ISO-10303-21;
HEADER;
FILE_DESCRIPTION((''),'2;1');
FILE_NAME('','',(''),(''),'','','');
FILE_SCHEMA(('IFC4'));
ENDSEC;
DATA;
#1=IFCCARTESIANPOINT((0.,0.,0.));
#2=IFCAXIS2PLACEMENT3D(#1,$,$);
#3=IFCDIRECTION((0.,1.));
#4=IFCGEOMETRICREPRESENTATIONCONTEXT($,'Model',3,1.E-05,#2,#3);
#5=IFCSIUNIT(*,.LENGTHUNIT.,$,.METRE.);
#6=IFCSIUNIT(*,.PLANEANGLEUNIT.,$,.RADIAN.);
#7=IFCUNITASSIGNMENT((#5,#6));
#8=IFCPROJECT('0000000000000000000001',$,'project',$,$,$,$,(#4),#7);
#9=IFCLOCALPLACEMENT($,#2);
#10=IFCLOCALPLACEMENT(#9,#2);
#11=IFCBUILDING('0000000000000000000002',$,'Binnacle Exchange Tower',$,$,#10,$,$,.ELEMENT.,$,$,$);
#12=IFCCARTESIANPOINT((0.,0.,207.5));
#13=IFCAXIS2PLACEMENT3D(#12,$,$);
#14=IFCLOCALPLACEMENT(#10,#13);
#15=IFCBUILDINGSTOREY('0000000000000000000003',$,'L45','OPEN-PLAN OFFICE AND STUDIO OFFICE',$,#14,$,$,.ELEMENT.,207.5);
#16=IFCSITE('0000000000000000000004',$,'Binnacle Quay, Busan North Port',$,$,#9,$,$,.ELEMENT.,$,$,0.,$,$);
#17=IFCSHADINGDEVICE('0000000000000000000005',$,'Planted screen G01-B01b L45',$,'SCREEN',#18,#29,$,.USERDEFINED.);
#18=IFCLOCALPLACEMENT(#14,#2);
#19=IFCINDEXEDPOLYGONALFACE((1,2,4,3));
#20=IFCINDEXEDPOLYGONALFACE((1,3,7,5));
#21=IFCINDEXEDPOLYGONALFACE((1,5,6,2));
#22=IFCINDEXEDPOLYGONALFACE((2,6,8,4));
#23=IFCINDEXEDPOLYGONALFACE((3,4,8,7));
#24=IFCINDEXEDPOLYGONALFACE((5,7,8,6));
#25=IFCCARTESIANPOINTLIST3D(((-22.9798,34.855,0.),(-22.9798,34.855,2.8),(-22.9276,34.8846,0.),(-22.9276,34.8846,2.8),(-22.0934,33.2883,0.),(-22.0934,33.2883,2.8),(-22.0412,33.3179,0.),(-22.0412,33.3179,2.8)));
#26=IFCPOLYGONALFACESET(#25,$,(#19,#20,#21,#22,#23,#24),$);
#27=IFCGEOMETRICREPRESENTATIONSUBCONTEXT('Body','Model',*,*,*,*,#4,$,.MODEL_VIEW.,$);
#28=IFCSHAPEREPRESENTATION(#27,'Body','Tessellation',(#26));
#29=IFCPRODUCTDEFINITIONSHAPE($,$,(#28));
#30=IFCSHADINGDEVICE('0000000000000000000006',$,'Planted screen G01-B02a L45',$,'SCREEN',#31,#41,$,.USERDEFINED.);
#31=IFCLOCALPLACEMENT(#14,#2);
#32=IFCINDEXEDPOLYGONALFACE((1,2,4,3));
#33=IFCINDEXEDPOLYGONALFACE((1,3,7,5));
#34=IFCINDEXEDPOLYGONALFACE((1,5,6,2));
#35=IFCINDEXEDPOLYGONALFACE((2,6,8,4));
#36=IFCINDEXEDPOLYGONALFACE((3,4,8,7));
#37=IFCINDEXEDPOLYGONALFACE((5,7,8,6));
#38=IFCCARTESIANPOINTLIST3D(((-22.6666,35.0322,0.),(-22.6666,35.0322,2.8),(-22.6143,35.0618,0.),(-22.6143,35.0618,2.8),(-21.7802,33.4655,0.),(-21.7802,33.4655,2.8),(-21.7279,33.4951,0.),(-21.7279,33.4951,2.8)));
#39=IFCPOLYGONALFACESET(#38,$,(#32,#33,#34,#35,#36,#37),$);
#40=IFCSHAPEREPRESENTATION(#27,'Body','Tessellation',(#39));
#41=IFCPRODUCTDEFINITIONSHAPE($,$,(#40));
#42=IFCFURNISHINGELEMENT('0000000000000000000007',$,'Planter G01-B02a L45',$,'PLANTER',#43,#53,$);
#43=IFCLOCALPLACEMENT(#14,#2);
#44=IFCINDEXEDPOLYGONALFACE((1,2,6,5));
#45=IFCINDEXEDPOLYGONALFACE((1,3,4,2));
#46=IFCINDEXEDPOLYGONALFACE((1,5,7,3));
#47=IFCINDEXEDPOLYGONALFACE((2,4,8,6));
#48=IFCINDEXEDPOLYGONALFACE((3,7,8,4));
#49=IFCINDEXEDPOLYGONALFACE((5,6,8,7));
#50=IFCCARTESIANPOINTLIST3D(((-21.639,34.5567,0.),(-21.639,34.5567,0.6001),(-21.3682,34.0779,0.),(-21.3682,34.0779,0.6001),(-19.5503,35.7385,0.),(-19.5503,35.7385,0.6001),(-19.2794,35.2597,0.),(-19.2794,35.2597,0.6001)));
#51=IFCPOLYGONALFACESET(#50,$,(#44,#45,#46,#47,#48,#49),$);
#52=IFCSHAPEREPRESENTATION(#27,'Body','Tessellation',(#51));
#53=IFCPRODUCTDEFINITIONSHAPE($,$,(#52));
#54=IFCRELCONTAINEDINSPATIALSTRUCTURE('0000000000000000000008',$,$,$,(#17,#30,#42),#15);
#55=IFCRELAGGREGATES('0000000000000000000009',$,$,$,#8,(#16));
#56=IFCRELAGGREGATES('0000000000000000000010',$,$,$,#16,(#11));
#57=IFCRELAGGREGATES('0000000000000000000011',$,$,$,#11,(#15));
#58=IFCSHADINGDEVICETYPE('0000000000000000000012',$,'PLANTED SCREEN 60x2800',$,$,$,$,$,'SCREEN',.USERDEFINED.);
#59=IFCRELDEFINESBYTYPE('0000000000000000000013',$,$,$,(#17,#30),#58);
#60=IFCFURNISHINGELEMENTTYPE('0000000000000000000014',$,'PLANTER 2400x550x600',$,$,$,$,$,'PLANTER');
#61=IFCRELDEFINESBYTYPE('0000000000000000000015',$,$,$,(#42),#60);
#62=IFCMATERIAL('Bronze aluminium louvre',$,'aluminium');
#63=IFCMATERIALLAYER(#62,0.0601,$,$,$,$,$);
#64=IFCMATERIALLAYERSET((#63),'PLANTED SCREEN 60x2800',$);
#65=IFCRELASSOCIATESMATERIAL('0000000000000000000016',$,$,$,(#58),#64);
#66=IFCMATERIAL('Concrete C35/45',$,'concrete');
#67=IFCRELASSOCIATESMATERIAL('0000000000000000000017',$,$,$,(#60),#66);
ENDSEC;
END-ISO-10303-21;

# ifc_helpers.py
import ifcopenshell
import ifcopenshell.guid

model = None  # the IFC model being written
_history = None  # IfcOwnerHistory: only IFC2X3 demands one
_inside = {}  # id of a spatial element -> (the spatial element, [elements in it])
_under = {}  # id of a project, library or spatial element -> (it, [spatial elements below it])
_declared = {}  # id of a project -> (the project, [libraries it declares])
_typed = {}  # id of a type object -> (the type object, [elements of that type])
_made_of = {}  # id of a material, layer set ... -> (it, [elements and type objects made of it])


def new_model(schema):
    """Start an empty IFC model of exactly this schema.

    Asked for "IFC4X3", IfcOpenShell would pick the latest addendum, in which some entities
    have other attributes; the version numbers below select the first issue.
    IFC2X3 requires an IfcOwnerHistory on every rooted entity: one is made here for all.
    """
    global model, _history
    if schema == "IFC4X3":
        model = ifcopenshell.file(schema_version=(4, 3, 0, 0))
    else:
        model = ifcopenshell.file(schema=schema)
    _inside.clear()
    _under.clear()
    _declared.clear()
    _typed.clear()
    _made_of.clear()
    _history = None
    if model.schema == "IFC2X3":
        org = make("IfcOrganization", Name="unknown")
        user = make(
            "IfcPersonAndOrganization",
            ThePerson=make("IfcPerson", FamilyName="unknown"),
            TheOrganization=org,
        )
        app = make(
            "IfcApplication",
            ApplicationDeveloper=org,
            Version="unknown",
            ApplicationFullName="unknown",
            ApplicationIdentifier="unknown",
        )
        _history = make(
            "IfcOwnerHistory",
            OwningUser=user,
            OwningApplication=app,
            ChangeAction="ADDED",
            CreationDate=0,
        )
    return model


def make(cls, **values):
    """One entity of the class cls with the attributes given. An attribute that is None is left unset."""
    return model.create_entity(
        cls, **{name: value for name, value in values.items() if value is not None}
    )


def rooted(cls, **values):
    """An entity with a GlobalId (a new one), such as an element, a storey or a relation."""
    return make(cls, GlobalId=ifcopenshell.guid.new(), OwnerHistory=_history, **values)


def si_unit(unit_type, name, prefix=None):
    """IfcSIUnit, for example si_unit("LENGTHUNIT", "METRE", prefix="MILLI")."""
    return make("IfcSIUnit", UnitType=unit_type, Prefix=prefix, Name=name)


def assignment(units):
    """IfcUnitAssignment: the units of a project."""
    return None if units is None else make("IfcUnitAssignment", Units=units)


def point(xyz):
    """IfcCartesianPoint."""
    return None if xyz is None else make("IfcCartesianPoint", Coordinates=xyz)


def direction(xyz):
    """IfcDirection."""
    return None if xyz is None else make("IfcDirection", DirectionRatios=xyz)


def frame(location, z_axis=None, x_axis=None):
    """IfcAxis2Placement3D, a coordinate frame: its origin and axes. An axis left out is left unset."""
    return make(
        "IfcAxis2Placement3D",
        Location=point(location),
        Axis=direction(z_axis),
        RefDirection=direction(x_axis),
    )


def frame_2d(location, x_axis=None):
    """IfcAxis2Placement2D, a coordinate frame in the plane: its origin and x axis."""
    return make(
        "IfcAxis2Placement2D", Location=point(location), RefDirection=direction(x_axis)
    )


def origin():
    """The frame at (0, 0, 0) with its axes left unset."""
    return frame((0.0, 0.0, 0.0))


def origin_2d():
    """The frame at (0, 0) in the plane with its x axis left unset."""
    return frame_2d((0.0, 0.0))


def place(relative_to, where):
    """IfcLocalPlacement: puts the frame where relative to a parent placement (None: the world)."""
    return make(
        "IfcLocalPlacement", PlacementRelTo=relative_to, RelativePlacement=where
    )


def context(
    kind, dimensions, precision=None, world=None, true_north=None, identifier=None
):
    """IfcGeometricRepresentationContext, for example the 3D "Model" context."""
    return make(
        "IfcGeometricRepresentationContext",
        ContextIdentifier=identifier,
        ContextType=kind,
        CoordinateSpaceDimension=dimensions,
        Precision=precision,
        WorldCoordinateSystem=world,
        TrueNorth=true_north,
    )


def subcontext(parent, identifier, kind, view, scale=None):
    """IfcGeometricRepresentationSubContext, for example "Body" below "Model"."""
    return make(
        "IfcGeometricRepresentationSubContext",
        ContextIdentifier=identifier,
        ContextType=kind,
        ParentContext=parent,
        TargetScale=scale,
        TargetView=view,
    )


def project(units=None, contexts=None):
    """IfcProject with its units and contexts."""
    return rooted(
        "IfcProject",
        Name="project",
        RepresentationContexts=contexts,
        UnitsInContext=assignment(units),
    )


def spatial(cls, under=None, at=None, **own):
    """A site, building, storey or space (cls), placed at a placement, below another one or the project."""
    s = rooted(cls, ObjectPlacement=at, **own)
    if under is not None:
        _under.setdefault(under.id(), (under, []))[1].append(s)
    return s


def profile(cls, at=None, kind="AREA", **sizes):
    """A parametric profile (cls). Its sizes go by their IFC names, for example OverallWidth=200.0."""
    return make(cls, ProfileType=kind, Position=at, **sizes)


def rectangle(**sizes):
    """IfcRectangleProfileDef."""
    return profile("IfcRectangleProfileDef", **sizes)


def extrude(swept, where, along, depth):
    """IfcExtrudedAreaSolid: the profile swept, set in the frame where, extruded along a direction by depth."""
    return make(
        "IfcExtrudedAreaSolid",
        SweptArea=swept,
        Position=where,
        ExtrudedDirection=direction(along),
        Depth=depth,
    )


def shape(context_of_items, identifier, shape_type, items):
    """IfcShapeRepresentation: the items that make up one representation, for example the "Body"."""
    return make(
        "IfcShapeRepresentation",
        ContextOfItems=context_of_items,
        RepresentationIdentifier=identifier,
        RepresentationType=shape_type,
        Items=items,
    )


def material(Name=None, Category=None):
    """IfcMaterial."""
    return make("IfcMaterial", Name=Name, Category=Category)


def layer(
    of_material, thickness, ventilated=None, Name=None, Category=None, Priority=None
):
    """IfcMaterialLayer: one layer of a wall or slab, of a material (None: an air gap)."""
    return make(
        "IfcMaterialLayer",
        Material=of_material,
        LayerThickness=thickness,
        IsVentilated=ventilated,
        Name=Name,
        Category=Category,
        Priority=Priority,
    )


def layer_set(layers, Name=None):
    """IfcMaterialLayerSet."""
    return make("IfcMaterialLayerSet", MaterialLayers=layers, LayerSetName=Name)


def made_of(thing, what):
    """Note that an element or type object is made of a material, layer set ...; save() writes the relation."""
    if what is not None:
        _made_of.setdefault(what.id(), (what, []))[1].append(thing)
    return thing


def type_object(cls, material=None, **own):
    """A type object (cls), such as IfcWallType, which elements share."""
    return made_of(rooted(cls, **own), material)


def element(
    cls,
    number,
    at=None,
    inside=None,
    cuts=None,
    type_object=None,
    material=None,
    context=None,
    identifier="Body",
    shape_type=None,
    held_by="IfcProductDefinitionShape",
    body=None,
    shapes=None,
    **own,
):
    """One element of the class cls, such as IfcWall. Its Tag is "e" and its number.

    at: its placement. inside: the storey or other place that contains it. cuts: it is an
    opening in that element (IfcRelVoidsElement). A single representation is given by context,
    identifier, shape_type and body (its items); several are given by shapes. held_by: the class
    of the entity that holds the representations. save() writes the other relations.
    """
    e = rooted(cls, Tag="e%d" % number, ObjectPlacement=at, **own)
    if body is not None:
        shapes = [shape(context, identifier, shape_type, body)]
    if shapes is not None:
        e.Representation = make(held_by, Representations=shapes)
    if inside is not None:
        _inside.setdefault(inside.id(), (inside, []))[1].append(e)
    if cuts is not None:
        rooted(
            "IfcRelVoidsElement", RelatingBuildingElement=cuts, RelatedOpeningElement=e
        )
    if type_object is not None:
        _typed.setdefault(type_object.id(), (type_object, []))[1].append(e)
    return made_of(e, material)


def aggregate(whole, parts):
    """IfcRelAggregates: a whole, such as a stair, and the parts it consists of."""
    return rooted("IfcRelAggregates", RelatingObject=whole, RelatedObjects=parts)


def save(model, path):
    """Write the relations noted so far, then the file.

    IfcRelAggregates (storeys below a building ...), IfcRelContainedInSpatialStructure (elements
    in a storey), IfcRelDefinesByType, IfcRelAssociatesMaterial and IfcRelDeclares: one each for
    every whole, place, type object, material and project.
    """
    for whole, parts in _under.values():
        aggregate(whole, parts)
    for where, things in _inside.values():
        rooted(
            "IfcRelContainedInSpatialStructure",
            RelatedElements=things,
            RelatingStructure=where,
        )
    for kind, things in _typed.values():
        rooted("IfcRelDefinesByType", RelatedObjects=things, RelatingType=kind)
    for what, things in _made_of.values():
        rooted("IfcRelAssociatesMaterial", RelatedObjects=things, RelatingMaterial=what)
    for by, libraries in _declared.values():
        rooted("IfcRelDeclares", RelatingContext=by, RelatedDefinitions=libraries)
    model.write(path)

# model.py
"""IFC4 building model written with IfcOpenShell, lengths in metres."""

from ifc_helpers import new_model, si_unit, direction, frame, origin, origin_2d, place, context, subcontext, project, spatial, rectangle, extrude, material, layer, layer_set, type_object, element, save


model = new_model("IFC4")

# Units and contexts
model_context = context("Model", 3, precision=1e-05, world=origin(), true_north=direction((0.0, 1.0)))
body_context = subcontext(model_context, "Body", "Model", "MODEL_VIEW")
ifc_project = project(units=[si_unit("LENGTHUNIT", "METRE"), si_unit("PLANEANGLEUNIT", "RADIAN")], contexts=[model_context])

# Site, building, storey
site_placement = place(None, origin())
site = spatial("IfcSite", under=ifc_project, at=site_placement, Name="Binnacle Quay, Busan North Port", CompositionType="ELEMENT", RefElevation=0.0)
building_placement = place(site_placement, origin())
building = spatial("IfcBuilding", under=site, at=building_placement, Name="Binnacle Exchange Tower", CompositionType="ELEMENT")
storey_placement = place(building_placement, frame((0.0, 0.0, 207.5)))
storey = spatial("IfcBuildingStorey", under=building, at=storey_placement, Name="L45", Description="OPEN-PLAN OFFICE AND STUDIO OFFICE", CompositionType="ELEMENT", Elevation=207.5)

# Shading devices
ifc_material_1 = material(Name="Bronze aluminium louvre", Category="aluminium")
ifc_layer_1 = layer(ifc_material_1, 0.0601)
ifc_layer_set_1 = layer_set([ifc_layer_1], Name="PLANTED SCREEN 60x2800")
shading_device_type = type_object("IfcShadingDeviceType", Name="PLANTED SCREEN 60x2800", ElementType="SCREEN", PredefinedType="USERDEFINED", material=ifc_layer_set_1)
for number, where, z_axis, x_axis, name in (
    (1, (-22.5105, 34.0864, 0.0), (0.0, 0.0, 1.0), (0.870356, 0.492424, 0.0), "Planted screen G01-B01b L45"),
    (2, (-22.1973, 34.2637, 0.0), (0.0, 0.0, 1.0), (0.870356, 0.492424, 0.0), "Planted screen G01-B02a L45"),
):
    element("IfcShadingDevice", number, at=place(storey_placement, frame(where, z_axis=z_axis, x_axis=x_axis)), inside=storey, type_object=shading_device_type, Name=name, ObjectType="SCREEN", PredefinedType="USERDEFINED", context=body_context, shape_type="SweptSolid", body=[
        extrude(rectangle(XDim=0.0601, YDim=1.8, at=origin_2d()), origin(), (0.0, 0.0, 1.0), 2.8),
    ])

# Furnishing element
ifc_material_2 = material(Name="Concrete C35/45", Category="concrete")
furnishing_element_type = type_object("IfcFurnishingElementType", Name="PLANTER 2400x550x600", ElementType="PLANTER", material=ifc_material_2)
furnishing_placement = place(storey_placement, frame((-20.4592, 34.9082, 0.0), z_axis=(0.0, 0.0, 1.0), x_axis=(0.870356, 0.492424, 0.0)))
element("IfcFurnishingElement", 3, at=furnishing_placement, inside=storey, type_object=furnishing_element_type, Name="Planter G01-B02a L45", ObjectType="PLANTER", context=body_context, shape_type="SweptSolid", body=[
    extrude(rectangle(XDim=2.3999, YDim=0.55, at=origin_2d()), origin(), (0.0, 0.0, 1.0), 0.6001),
])

save(model, "model.ifc")
